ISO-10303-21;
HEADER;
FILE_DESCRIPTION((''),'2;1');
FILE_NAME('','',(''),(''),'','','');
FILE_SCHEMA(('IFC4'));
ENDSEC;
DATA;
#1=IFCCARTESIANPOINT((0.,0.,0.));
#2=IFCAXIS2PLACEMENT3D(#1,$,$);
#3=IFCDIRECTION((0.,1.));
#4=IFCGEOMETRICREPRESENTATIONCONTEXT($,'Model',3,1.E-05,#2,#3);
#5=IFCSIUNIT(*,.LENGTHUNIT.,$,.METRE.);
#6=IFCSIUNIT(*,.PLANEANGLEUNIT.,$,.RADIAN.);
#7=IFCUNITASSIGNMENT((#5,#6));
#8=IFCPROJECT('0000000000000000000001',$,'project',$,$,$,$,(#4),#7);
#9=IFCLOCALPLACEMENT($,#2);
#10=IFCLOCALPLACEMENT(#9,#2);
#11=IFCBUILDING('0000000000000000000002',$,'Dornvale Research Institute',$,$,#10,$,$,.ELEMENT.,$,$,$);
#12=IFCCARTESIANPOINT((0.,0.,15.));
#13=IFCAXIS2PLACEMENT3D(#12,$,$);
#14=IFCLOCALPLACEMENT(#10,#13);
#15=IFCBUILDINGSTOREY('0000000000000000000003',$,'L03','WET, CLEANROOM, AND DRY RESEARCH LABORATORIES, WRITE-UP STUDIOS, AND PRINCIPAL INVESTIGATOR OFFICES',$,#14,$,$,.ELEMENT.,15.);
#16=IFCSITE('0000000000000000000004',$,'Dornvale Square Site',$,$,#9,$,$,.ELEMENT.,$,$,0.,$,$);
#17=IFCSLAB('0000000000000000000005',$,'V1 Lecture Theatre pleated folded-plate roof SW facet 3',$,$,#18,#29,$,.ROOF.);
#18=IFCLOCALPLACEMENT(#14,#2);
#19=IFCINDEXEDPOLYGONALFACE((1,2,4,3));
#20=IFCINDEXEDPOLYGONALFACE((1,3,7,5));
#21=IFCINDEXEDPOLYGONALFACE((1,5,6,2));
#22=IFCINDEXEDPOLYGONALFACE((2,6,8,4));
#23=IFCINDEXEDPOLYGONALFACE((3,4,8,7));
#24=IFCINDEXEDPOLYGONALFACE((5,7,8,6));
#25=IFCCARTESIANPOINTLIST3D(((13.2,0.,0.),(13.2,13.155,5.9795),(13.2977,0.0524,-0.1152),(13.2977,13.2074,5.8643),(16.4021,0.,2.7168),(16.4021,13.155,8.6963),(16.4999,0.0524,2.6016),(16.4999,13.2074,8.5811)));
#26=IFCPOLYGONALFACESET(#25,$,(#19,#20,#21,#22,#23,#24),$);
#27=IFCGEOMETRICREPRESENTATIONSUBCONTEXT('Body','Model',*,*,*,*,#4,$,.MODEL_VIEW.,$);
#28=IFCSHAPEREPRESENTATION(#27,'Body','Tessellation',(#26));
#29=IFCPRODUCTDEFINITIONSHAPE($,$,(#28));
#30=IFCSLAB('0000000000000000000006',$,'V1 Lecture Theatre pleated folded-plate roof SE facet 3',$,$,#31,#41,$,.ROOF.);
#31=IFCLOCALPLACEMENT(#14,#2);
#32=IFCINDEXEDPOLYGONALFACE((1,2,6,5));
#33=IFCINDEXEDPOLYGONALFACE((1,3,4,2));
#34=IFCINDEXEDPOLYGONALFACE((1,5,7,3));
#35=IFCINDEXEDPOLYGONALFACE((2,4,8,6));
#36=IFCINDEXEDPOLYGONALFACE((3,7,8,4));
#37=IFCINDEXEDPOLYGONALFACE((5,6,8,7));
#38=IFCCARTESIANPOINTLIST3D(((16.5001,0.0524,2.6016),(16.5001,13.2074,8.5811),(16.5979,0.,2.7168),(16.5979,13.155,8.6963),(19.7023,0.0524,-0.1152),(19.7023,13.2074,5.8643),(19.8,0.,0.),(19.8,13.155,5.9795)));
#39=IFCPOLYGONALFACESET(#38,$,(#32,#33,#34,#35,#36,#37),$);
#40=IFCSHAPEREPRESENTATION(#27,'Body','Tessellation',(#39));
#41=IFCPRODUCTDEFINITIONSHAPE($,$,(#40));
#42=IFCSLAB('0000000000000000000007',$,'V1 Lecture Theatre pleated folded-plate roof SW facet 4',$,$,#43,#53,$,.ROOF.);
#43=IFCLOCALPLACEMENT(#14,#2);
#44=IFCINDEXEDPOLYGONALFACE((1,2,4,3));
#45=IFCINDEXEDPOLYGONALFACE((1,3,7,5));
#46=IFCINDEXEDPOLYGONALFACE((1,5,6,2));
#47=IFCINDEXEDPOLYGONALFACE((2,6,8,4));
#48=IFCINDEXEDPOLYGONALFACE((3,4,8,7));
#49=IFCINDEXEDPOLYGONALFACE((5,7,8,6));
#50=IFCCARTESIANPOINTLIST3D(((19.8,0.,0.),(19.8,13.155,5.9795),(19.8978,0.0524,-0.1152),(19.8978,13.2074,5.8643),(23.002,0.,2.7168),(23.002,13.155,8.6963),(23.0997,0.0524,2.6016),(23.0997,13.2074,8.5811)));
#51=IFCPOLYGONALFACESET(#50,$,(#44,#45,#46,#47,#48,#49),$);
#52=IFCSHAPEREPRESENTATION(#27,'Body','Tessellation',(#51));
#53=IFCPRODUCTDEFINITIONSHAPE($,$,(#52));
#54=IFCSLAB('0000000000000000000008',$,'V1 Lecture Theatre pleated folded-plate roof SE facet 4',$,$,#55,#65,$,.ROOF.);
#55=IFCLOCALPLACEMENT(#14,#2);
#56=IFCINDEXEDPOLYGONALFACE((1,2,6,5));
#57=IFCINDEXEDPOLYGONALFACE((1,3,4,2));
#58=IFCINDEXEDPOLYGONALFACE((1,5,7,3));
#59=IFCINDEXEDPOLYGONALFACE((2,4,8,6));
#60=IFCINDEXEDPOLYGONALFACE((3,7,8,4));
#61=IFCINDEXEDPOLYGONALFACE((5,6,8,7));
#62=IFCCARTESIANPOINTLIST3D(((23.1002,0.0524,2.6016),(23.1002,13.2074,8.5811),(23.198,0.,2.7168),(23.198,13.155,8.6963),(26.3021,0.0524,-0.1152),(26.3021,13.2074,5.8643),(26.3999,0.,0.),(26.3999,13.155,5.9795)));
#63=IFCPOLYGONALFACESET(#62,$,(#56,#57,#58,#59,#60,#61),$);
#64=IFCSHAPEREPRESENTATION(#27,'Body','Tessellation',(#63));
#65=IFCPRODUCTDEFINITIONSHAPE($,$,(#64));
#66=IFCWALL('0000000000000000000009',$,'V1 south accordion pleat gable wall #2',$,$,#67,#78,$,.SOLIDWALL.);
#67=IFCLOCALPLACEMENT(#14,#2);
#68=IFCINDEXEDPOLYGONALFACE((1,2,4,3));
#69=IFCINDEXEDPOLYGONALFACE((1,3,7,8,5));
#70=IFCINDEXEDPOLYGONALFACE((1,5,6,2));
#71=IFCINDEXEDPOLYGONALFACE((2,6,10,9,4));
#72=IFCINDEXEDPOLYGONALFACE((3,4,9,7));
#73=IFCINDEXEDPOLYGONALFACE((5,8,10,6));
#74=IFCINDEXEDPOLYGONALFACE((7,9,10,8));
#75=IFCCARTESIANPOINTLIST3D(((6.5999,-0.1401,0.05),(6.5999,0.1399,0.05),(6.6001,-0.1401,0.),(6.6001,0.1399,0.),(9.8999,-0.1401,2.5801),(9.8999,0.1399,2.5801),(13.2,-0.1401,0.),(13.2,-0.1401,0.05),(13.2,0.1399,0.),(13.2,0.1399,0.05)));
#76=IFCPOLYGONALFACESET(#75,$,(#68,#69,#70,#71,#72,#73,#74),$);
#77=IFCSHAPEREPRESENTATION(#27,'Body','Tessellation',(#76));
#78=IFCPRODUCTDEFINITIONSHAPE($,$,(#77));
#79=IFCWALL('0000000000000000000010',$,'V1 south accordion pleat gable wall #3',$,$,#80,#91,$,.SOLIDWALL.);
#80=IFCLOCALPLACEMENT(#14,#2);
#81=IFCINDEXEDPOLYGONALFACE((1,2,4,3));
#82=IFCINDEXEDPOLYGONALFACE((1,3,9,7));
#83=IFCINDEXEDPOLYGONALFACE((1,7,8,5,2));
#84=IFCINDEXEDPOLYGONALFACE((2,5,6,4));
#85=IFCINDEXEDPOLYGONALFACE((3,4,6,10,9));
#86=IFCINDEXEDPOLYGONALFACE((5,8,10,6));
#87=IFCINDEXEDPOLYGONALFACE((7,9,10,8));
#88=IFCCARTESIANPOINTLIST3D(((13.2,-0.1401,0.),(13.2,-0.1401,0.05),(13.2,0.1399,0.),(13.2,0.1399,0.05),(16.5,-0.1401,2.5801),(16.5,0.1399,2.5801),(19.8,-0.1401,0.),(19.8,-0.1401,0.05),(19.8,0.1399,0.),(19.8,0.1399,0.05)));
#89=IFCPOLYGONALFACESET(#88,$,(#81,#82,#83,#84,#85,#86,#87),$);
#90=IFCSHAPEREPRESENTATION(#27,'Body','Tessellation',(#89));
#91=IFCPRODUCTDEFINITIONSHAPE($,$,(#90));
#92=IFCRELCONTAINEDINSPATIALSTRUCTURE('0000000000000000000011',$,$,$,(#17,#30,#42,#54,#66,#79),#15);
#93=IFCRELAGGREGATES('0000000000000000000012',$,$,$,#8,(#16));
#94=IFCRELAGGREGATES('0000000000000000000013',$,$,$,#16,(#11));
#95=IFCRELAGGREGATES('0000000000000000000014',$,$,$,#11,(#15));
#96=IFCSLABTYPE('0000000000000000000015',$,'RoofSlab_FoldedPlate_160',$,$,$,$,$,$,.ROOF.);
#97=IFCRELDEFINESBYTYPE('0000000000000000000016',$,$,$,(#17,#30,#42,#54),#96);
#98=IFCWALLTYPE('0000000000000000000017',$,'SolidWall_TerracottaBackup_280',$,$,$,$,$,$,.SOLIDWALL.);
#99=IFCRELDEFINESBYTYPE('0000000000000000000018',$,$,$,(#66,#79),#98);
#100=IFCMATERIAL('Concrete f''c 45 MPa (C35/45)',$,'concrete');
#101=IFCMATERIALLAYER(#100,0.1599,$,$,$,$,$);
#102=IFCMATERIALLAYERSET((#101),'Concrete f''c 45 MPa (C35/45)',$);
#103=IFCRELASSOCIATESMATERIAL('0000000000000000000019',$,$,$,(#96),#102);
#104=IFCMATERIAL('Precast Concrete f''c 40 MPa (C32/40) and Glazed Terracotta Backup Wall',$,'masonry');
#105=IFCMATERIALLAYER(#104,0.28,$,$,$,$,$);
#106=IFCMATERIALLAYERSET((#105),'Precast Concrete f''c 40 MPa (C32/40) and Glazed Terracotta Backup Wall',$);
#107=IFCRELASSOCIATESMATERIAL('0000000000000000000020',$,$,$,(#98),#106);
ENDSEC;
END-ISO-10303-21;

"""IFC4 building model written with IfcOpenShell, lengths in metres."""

from ifc_helpers import new_model, si_unit, direction, frame, origin, place, context, subcontext, project, spatial, polyline, outline, extrude, material, layer, layer_set, type_object, element, save


model = new_model("IFC4")

# Units and contexts
model_context = context("Model", 3, precision=1e-05, world=origin(), true_north=direction((0.0, 1.0)))
body_context = subcontext(model_context, "Body", "Model", "MODEL_VIEW")
ifc_project = project(units=[si_unit("LENGTHUNIT", "METRE"), si_unit("PLANEANGLEUNIT", "RADIAN")], contexts=[model_context])

# Site, building, storey
site_placement = place(None, origin())
site = spatial("IfcSite", under=ifc_project, at=site_placement, Name="Dornvale Square Site", CompositionType="ELEMENT", RefElevation=0.0)
building_placement = place(site_placement, origin())
building = spatial("IfcBuilding", under=site, at=building_placement, Name="Dornvale Research Institute", CompositionType="ELEMENT")
storey_placement = place(building_placement, frame((0.0, 0.0, 15.0)))
storey = spatial("IfcBuildingStorey", under=building, at=storey_placement, Name="L03", Description="WET, CLEANROOM, AND DRY RESEARCH LABORATORIES, WRITE-UP STUDIOS, AND PRINCIPAL INVESTIGATOR OFFICES", CompositionType="ELEMENT", Elevation=15.0)

# Slabs
ifc_material_1 = material(Name="Concrete f'c 45 MPa (C35/45)", Category="concrete")
ifc_layer_1 = layer(ifc_material_1, 0.1599)
ifc_layer_set_1 = layer_set([ifc_layer_1], Name="Concrete f'c 45 MPa (C35/45)")
slab_type = type_object("IfcSlabType", Name="RoofSlab_FoldedPlate_160", PredefinedType="ROOF", material=ifc_layer_set_1)
slab_1_placement = place(storey_placement, frame((13.2, 0.0, 0.0), z_axis=(-0.611277, -0.327488, 0.720481), x_axis=(0.76253, 0.0, 0.646953)))
element("IfcSlab", 1, at=slab_1_placement, inside=storey, type_object=slab_type, Name="V1 Lecture Theatre pleated folded-plate roof SW facet 3", PredefinedType="ROOF", context=body_context, shape_type="SweptSolid", body=[
    extrude(outline(polyline([(0.0, 0.0), (4.1994, 0.0), (8.0678, 13.9228), (3.8684, 13.9228), (0.0, 0.0)])), origin(), (0.0, 0.0, -1.0), 0.1599),
])
slab_2_placement = place(storey_placement, frame((16.5979, 0.0, 2.7168), z_axis=(0.611277, -0.327488, 0.720481), x_axis=(0.76253, 0.0, -0.646953)))
element("IfcSlab", 2, at=slab_2_placement, inside=storey, type_object=slab_type, Name="V1 Lecture Theatre pleated folded-plate roof SE facet 3", PredefinedType="ROOF", context=body_context, shape_type="SweptSolid", body=[
    extrude(outline(polyline([(0.0, 0.0), (4.1994, 0.0), (0.3309, 13.9228), (-3.8684, 13.9228), (0.0, 0.0)])), origin(), (0.0, 0.0, -1.0), 0.1599),
])
slab_3_placement = place(storey_placement, frame((19.8, 0.0, 0.0), z_axis=(-0.611306, -0.327478, 0.72046), x_axis=(0.762506, 0.0, 0.646982)))
element("IfcSlab", 3, at=slab_3_placement, inside=storey, type_object=slab_type, Name="V1 Lecture Theatre pleated folded-plate roof SW facet 4", PredefinedType="ROOF", context=body_context, shape_type="SweptSolid", body=[
    extrude(outline(polyline([(0.0, 0.0), (4.1992, 0.0), (8.0678, 13.9227), (3.8686, 13.9227), (0.0, 0.0)])), origin(), (0.0, 0.0, -1.0), 0.1599),
])
slab_4_placement = place(storey_placement, frame((23.198, 0.0, 2.7168), z_axis=(0.611306, -0.327478, 0.72046), x_axis=(0.762506, 0.0, -0.646982)))
element("IfcSlab", 4, at=slab_4_placement, inside=storey, type_object=slab_type, Name="V1 Lecture Theatre pleated folded-plate roof SE facet 4", PredefinedType="ROOF", context=body_context, shape_type="SweptSolid", body=[
    extrude(outline(polyline([(0.0, 0.0), (4.1992, 0.0), (0.3306, 13.9227), (-3.8686, 13.9227), (0.0, 0.0)])), origin(), (0.0, 0.0, -1.0), 0.1599),
])

# Walls
ifc_material_2 = material(Name="Precast Concrete f'c 40 MPa (C32/40) and Glazed Terracotta Backup Wall", Category="masonry")
ifc_layer_2 = layer(ifc_material_2, 0.28)
ifc_layer_set_2 = layer_set([ifc_layer_2], Name="Precast Concrete f'c 40 MPa (C32/40) and Glazed Terracotta Backup Wall")
wall_type = type_object("IfcWallType", Name="SolidWall_TerracottaBackup_280", PredefinedType="SOLIDWALL", material=ifc_layer_set_2)
wall_1_placement = place(storey_placement, frame((13.2, 0.0, 0.0), z_axis=(0.0, 0.0, 1.0), x_axis=(-1.0, 0.0, 0.0)))
element("IfcWall", 5, at=wall_1_placement, inside=storey, type_object=wall_type, Name="V1 south accordion pleat gable wall #2", PredefinedType="SOLIDWALL", context=body_context, shape_type="SweptSolid", body=[
    extrude(outline(polyline([(0.0, 0.0), (6.5999, 0.0), (6.6001, 0.05), (3.3, 2.5801), (0.0, 0.05), (0.0, 0.0)])), frame((0.0, 0.1401, 0.0), z_axis=(0.0, -1.0, 0.0), x_axis=(1.0, 0.0, 0.0)), (0.0, 0.0, 1.0), 0.28),
])
wall_2_placement = place(storey_placement, frame((19.8, 0.0, 0.0), z_axis=(0.0, 0.0, 1.0), x_axis=(-1.0, 0.0, 0.0)))
element("IfcWall", 6, at=wall_2_placement, inside=storey, type_object=wall_type, Name="V1 south accordion pleat gable wall #3", PredefinedType="SOLIDWALL", context=body_context, shape_type="SweptSolid", body=[
    extrude(outline(polyline([(0.0, 0.0), (6.6001, 0.0), (6.6001, 0.05), (3.3, 2.5801), (0.0, 0.05), (0.0, 0.0)])), frame((0.0, 0.1401, 0.0), z_axis=(0.0, -1.0, 0.0), x_axis=(1.0, 0.0, 0.0)), (0.0, 0.0, 1.0), 0.28),
])

save(model, "model.ifc")
